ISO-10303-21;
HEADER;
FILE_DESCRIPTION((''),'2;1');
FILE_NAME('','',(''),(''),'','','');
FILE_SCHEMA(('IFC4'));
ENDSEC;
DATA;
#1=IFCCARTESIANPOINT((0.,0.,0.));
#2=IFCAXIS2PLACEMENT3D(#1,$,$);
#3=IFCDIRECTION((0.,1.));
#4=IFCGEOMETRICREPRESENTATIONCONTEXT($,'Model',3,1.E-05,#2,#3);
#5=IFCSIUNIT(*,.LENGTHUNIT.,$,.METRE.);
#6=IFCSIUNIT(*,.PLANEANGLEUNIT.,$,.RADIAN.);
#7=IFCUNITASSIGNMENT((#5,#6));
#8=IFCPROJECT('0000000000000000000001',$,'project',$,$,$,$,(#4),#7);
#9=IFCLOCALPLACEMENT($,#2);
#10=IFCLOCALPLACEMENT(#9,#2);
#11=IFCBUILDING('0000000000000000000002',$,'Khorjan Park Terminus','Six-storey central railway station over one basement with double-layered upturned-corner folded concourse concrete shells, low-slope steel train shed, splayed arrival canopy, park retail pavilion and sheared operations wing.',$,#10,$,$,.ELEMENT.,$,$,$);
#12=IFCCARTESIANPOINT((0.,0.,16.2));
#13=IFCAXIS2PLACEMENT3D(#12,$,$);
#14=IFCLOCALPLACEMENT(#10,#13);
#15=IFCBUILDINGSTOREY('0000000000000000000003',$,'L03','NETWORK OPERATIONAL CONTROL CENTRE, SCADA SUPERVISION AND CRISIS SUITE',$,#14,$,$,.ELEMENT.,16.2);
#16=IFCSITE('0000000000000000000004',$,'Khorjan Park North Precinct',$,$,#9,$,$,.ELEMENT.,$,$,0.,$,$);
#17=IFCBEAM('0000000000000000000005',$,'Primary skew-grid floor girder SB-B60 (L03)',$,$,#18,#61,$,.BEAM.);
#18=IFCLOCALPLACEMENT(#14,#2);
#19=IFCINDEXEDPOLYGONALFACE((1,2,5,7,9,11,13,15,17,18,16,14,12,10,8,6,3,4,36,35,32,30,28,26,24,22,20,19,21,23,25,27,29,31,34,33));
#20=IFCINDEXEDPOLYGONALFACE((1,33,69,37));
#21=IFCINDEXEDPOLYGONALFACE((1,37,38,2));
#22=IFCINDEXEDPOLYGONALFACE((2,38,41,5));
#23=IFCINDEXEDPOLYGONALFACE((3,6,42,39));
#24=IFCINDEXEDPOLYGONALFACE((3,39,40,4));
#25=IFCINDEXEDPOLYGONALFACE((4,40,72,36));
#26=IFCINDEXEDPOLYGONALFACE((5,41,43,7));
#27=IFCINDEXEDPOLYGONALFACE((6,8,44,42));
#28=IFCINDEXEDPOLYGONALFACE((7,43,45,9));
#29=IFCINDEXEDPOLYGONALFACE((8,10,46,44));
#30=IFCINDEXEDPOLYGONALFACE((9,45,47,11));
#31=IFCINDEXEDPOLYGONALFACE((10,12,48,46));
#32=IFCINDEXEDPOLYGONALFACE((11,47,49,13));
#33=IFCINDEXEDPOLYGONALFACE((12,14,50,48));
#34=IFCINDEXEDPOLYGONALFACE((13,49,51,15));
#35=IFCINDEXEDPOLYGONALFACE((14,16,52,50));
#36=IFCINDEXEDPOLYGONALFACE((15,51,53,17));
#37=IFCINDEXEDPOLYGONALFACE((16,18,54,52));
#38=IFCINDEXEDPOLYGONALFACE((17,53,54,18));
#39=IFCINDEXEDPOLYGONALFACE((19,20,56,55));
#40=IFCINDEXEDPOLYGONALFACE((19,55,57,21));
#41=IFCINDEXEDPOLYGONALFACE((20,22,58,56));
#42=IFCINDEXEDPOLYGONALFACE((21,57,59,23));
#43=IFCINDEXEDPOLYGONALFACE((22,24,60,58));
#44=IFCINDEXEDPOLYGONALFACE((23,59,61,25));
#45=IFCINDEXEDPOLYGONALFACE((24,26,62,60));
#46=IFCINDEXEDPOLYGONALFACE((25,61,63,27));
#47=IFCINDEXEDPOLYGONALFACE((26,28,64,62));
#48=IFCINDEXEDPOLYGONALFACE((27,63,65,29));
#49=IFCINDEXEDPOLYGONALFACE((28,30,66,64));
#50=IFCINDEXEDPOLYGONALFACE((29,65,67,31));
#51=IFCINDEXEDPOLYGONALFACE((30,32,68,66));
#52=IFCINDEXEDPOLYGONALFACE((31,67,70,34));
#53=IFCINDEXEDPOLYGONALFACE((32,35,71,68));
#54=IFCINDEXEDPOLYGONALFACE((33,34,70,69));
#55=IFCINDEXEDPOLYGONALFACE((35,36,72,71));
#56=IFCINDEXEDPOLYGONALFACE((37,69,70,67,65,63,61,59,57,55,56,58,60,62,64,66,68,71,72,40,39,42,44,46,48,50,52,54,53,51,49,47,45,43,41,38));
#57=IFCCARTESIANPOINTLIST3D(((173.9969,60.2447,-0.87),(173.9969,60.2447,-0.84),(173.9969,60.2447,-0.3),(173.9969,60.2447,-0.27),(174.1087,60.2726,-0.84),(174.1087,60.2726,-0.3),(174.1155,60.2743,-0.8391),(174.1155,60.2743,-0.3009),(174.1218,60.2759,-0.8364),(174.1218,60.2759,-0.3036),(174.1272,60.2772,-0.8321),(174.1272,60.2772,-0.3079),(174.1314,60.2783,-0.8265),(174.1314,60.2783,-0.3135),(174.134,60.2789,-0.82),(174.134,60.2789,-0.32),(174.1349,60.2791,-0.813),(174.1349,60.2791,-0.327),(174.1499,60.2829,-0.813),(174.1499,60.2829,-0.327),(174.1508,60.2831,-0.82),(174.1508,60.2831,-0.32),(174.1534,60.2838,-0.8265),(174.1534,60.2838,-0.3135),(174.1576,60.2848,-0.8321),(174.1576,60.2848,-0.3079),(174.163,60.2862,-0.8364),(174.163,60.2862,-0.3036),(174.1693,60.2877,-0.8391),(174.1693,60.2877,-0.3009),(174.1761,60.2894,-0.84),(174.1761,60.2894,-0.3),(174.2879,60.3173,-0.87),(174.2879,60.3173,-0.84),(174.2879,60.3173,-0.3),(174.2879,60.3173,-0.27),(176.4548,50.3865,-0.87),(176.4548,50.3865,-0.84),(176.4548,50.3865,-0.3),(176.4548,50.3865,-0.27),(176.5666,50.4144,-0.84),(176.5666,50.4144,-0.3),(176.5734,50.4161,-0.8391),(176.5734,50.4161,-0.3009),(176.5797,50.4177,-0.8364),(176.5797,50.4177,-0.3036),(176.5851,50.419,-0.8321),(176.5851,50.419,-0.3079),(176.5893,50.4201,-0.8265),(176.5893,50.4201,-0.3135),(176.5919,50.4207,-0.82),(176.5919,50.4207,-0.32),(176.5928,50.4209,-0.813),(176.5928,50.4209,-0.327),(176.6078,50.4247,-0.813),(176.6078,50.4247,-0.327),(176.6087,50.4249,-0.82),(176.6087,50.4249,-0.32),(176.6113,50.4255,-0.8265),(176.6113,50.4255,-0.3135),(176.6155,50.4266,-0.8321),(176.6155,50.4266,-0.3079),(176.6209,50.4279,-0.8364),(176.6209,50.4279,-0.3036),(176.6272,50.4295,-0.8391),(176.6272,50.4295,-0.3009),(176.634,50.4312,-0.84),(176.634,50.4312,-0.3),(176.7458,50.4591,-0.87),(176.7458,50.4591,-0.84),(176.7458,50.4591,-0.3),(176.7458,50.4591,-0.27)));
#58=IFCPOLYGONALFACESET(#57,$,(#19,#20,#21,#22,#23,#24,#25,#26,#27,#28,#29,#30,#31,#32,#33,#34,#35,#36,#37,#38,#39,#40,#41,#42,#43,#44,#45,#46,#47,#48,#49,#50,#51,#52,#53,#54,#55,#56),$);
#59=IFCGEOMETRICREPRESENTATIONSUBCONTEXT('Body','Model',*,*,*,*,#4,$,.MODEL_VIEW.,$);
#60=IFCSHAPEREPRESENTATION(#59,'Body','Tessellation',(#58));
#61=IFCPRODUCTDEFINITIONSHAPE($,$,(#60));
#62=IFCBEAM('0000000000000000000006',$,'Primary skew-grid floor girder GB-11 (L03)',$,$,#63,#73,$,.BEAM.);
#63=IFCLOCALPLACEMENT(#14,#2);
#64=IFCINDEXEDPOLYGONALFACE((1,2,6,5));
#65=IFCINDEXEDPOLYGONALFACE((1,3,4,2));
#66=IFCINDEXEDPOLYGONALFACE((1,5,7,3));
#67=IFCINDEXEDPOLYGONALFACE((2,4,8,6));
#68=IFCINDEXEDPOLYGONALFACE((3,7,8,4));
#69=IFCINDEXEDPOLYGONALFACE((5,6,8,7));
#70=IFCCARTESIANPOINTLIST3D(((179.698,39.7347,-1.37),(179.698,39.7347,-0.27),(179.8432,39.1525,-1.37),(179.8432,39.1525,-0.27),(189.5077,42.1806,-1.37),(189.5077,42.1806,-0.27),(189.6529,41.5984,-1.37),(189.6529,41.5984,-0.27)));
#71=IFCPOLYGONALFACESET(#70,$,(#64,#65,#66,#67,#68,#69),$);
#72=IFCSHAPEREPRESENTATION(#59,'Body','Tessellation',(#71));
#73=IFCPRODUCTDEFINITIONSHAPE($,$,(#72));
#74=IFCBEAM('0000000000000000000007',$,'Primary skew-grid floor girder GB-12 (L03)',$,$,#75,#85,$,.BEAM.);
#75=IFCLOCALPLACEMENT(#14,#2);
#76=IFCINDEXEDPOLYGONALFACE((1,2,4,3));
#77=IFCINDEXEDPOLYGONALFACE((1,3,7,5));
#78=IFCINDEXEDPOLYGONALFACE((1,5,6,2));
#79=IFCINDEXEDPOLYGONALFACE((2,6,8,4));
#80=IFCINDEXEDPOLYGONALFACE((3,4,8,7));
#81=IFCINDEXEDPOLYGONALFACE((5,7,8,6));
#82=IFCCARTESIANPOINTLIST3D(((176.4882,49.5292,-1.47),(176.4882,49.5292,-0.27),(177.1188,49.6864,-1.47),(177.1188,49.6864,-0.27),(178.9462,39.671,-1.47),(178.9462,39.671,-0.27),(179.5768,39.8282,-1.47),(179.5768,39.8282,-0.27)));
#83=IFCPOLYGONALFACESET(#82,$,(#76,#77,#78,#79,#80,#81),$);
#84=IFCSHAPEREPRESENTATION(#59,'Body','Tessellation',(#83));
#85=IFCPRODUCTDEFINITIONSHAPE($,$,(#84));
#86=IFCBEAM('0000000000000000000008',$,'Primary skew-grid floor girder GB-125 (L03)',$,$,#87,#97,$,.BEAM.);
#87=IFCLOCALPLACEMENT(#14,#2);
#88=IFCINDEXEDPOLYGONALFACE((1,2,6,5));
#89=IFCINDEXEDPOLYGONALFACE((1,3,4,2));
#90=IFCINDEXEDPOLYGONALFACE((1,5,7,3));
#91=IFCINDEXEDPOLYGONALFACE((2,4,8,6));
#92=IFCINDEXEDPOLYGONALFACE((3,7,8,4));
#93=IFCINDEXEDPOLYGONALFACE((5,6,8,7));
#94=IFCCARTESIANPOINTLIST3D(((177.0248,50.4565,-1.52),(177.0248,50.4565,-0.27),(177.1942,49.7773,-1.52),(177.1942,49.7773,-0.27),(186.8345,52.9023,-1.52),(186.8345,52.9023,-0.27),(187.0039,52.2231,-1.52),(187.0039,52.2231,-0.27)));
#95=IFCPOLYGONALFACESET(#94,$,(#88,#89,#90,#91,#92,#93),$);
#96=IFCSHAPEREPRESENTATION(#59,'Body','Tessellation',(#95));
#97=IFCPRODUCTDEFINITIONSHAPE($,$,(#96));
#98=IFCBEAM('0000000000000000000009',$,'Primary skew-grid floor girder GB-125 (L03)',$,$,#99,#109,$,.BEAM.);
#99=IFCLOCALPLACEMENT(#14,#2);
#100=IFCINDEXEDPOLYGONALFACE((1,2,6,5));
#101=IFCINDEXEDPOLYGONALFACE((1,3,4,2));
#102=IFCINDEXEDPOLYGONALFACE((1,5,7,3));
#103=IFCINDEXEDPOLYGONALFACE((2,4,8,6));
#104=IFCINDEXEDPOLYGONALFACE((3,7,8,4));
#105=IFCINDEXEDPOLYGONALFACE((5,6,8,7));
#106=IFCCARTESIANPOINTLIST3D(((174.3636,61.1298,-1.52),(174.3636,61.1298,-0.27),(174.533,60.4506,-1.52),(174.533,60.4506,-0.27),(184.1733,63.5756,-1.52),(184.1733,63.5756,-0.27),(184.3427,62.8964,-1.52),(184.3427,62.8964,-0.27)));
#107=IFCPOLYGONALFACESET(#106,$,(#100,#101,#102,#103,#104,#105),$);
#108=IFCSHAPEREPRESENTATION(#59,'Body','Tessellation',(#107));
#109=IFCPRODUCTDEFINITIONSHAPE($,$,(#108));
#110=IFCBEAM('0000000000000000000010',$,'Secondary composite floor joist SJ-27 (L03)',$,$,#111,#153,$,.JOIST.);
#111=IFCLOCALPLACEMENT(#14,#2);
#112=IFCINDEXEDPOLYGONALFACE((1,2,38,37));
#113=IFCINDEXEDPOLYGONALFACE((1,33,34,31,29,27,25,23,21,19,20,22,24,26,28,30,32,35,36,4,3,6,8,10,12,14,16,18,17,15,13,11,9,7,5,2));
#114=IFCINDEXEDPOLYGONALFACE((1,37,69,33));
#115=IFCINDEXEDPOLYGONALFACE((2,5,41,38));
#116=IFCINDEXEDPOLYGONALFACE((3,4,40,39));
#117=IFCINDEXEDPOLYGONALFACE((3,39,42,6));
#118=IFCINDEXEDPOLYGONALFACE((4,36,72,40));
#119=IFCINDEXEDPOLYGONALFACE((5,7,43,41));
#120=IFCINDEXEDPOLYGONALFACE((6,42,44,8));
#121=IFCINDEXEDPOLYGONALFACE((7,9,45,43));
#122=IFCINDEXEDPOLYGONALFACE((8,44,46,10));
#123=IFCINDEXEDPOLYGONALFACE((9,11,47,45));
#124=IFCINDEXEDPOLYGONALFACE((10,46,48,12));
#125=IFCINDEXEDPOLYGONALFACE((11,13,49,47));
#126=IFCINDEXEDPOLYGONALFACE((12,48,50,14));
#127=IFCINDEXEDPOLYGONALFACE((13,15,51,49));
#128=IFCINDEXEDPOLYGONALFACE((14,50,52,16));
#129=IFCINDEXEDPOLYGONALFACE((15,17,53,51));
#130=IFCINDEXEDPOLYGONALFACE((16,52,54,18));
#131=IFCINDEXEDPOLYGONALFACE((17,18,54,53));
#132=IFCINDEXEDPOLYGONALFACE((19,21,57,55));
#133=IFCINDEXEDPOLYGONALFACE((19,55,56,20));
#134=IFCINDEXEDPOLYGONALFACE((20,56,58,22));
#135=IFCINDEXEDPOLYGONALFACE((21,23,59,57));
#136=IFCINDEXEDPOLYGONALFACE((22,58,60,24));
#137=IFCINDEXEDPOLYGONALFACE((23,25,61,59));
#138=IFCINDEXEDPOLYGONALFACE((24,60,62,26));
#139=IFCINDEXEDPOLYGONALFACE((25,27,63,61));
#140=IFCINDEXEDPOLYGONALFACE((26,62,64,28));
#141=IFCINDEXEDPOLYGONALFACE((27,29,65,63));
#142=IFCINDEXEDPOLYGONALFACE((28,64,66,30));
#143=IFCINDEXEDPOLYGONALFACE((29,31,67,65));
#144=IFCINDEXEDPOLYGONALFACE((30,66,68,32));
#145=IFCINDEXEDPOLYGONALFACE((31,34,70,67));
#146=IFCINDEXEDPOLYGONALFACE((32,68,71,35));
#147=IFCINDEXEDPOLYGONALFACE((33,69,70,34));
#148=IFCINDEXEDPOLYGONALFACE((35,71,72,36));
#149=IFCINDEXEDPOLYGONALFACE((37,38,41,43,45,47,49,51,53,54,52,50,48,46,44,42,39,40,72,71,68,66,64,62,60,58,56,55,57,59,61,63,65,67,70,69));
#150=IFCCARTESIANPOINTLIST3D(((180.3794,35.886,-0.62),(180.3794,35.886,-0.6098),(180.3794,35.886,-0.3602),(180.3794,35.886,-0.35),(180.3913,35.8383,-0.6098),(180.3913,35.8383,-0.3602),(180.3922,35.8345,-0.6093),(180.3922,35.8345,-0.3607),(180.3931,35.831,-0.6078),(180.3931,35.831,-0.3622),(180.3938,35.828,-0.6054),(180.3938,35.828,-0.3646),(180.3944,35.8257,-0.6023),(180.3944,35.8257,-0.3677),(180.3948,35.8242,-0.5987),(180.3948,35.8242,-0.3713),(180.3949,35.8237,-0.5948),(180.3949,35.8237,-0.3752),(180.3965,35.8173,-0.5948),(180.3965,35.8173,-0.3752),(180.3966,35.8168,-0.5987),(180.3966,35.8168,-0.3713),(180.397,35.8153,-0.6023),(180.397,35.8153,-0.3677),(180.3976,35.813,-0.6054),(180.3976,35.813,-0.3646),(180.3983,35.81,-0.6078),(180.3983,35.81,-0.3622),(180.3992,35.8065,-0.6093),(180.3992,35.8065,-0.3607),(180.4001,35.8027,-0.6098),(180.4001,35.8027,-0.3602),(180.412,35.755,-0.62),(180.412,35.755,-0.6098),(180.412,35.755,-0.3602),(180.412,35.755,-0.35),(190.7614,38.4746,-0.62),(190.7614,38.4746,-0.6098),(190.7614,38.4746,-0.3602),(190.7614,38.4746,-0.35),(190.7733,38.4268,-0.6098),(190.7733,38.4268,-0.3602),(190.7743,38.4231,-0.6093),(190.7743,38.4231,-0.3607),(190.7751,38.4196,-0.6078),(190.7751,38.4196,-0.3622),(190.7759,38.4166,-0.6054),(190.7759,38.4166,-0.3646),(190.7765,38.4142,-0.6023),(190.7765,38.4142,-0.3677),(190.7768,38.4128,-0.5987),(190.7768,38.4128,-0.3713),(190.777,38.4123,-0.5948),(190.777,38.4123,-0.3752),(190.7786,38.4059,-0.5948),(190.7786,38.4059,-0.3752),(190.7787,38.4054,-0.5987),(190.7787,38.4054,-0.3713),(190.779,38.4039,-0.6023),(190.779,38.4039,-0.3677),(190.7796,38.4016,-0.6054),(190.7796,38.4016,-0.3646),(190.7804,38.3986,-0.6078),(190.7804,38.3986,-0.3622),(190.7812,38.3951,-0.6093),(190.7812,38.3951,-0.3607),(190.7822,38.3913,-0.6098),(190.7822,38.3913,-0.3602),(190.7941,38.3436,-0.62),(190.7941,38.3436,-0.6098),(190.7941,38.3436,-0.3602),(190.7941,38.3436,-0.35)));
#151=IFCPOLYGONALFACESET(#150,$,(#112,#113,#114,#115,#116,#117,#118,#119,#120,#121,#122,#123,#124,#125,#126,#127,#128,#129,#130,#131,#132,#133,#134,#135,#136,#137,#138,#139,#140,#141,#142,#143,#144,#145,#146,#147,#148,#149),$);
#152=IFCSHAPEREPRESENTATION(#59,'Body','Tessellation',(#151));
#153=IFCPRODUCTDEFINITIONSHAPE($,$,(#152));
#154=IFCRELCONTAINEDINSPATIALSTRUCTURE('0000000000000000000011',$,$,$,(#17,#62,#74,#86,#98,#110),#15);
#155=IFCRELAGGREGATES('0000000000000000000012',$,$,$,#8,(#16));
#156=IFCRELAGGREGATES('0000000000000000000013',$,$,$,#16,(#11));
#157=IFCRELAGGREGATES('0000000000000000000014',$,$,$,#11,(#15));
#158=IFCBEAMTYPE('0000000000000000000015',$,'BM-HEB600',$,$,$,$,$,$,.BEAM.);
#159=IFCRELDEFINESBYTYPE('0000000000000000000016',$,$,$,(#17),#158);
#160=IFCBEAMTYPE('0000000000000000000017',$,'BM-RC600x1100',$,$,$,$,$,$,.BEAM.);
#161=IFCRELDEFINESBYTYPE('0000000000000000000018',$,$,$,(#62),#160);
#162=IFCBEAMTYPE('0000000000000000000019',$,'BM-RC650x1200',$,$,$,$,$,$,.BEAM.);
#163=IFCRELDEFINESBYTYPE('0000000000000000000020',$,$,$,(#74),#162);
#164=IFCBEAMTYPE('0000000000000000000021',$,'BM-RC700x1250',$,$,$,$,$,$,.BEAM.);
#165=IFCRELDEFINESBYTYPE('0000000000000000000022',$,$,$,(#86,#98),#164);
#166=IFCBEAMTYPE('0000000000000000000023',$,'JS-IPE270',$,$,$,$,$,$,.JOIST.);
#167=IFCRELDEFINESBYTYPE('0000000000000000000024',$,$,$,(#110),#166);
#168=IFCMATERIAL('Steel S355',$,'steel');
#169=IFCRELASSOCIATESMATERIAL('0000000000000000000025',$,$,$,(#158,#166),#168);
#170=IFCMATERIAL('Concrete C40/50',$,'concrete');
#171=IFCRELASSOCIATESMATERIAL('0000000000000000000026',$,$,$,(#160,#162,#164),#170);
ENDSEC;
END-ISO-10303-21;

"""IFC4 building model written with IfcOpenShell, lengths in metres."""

from ifc_helpers import new_model, si_unit, direction, frame, origin, origin_2d, place, context, subcontext, project, spatial, rectangle, i_section, extrude, material, material_profile, profile_set, type_object, element, save


model = new_model("IFC4")

# Units and contexts
model_context = context("Model", 3, precision=1e-05, world=origin(), true_north=direction((0.0, 1.0)))
body_context = subcontext(model_context, "Body", "Model", "MODEL_VIEW")
ifc_project = project(units=[si_unit("LENGTHUNIT", "METRE"), si_unit("PLANEANGLEUNIT", "RADIAN")], contexts=[model_context])

# Site, building, storey
site_placement = place(None, origin())
site = spatial("IfcSite", under=ifc_project, at=site_placement, Name="Khorjan Park North Precinct", CompositionType="ELEMENT", RefElevation=0.0)
building_placement = place(site_placement, origin())
building = spatial("IfcBuilding", under=site, at=building_placement, Name="Khorjan Park Terminus", Description="Six-storey central railway station over one basement with double-layered upturned-corner folded concourse concrete shells, low-slope steel train shed, splayed arrival canopy, park retail pavilion and sheared operations wing.", CompositionType="ELEMENT")
storey_placement = place(building_placement, frame((0.0, 0.0, 16.2)))
storey = spatial("IfcBuildingStorey", under=building, at=storey_placement, Name="L03", Description="NETWORK OPERATIONAL CONTROL CENTRE, SCADA SUPERVISION AND CRISIS SUITE", CompositionType="ELEMENT", Elevation=16.2)

# Beams
ifc_material_1 = material(Name="Steel S355", Category="steel")
ifc_material_profile_1 = material_profile(ifc_material_1, i_section(OverallWidth=0.3, OverallDepth=0.6, WebThickness=0.0155, FlangeThickness=0.03, FilletRadius=0.027, at=origin_2d()), Name="HEB 600")
ifc_profile_set_1 = profile_set([ifc_material_profile_1], Name="Steel S355")
beam_type_1 = type_object("IfcBeamType", Name="BM-HEB600", PredefinedType="BEAM", material=ifc_profile_set_1)
beam_1_placement = place(storey_placement, frame((176.6003, 50.4228, -0.57), z_axis=(-0.24192, 0.970296, 0.0), x_axis=(-0.970296, -0.24192, 0.0)))
element("IfcBeam", 1, at=beam_1_placement, inside=storey, type_object=beam_type_1, Name="Primary skew-grid floor girder SB-B60 (L03)", PredefinedType="BEAM", context=body_context, shape_type="SweptSolid", body=[
    extrude(i_section(OverallWidth=0.3, OverallDepth=0.6, WebThickness=0.0155, FlangeThickness=0.03, FilletRadius=0.027, at=origin_2d()), origin(), (0.0, 0.0, 1.0), 10.16),
])
ifc_material_2 = material(Name="Concrete C40/50", Category="concrete")
ifc_material_profile_2 = material_profile(ifc_material_2, rectangle(XDim=0.6, YDim=1.1, at=origin_2d()), Name="RC 600x1100")
ifc_profile_set_2 = profile_set([ifc_material_profile_2], Name="Concrete C40/50")
beam_type_2 = type_object("IfcBeamType", Name="BM-RC600x1100", PredefinedType="BEAM", material=ifc_profile_set_2)
beam_2_placement = place(storey_placement, frame((179.7706, 39.4436, -0.82), z_axis=(0.970294, 0.241928, 0.0), x_axis=(-0.241928, 0.970294, 0.0)))
element("IfcBeam", 2, at=beam_2_placement, inside=storey, type_object=beam_type_2, Name="Primary skew-grid floor girder GB-11 (L03)", PredefinedType="BEAM", context=body_context, shape_type="SweptSolid", body=[
    extrude(rectangle(XDim=0.6, YDim=1.1, at=origin_2d()), origin(), (0.0, 0.0, 1.0), 10.11),
])
ifc_material_profile_3 = material_profile(ifc_material_2, rectangle(XDim=0.65, YDim=1.2, at=origin_2d()), Name="RC 650x1200")
ifc_profile_set_3 = profile_set([ifc_material_profile_3], Name="Concrete C40/50")
beam_type_3 = type_object("IfcBeamType", Name="BM-RC650x1200", PredefinedType="BEAM", material=ifc_profile_set_3)
beam_3_placement = place(storey_placement, frame((179.2615, 39.7496, -0.87), z_axis=(-0.241929, 0.970294, 0.0), x_axis=(-0.970294, -0.241929, 0.0)))
element("IfcBeam", 3, at=beam_3_placement, inside=storey, type_object=beam_type_3, Name="Primary skew-grid floor girder GB-12 (L03)", PredefinedType="BEAM", context=body_context, shape_type="SweptSolid", body=[
    extrude(rectangle(XDim=0.65, YDim=1.2, at=origin_2d()), origin(), (0.0, 0.0, 1.0), 10.16),
])
ifc_material_profile_4 = material_profile(ifc_material_2, rectangle(XDim=0.7, YDim=1.25, at=origin_2d()), Name="RC 700x1250")
ifc_profile_set_4 = profile_set([ifc_material_profile_4], Name="Concrete C40/50")
beam_type_4 = type_object("IfcBeamType", Name="BM-RC700x1250", PredefinedType="BEAM", material=ifc_profile_set_4)
for number, where, z_axis, x_axis, name in (
    (4, (177.1095, 50.1169, -0.895), (0.970296, 0.241919, 0.0), (-0.241919, 0.970296, 0.0), "Primary skew-grid floor girder GB-125 (L03)"),
    (5, (174.4483, 60.7902, -0.895), (0.970296, 0.241919, 0.0), (-0.241919, 0.970296, 0.0), "Primary skew-grid floor girder GB-125 (L03)"),
):
    element("IfcBeam", number, at=place(storey_placement, frame(where, z_axis=z_axis, x_axis=x_axis)), inside=storey, type_object=beam_type_4, Name=name, PredefinedType="BEAM", context=body_context, shape_type="SweptSolid", body=[
        extrude(rectangle(XDim=0.7, YDim=1.25, at=origin_2d()), origin(), (0.0, 0.0, 1.0), 10.11),
    ])
ifc_material_profile_5 = material_profile(ifc_material_1, i_section(OverallWidth=0.135, OverallDepth=0.27, WebThickness=0.0066, FlangeThickness=0.0102, FilletRadius=0.015, at=origin_2d()), Name="IPE 270")
ifc_profile_set_5 = profile_set([ifc_material_profile_5], Name="Steel S355")
beam_type_5 = type_object("IfcBeamType", Name="JS-IPE270", PredefinedType="JOIST", material=ifc_profile_set_5)
beam_4_placement = place(storey_placement, frame((180.3957, 35.8205, -0.485), z_axis=(0.970295, 0.241926, 0.0), x_axis=(-0.241926, 0.970295, 0.0)))
element("IfcBeam", 6, at=beam_4_placement, inside=storey, type_object=beam_type_5, Name="Secondary composite floor joist SJ-27 (L03)", PredefinedType="JOIST", context=body_context, shape_type="SweptSolid", body=[
    extrude(i_section(OverallWidth=0.135, OverallDepth=0.27, WebThickness=0.0066, FlangeThickness=0.0102, FilletRadius=0.015, at=origin_2d()), origin(), (0.0, 0.0, 1.0), 10.6999),
])

save(model, "model.ifc")
